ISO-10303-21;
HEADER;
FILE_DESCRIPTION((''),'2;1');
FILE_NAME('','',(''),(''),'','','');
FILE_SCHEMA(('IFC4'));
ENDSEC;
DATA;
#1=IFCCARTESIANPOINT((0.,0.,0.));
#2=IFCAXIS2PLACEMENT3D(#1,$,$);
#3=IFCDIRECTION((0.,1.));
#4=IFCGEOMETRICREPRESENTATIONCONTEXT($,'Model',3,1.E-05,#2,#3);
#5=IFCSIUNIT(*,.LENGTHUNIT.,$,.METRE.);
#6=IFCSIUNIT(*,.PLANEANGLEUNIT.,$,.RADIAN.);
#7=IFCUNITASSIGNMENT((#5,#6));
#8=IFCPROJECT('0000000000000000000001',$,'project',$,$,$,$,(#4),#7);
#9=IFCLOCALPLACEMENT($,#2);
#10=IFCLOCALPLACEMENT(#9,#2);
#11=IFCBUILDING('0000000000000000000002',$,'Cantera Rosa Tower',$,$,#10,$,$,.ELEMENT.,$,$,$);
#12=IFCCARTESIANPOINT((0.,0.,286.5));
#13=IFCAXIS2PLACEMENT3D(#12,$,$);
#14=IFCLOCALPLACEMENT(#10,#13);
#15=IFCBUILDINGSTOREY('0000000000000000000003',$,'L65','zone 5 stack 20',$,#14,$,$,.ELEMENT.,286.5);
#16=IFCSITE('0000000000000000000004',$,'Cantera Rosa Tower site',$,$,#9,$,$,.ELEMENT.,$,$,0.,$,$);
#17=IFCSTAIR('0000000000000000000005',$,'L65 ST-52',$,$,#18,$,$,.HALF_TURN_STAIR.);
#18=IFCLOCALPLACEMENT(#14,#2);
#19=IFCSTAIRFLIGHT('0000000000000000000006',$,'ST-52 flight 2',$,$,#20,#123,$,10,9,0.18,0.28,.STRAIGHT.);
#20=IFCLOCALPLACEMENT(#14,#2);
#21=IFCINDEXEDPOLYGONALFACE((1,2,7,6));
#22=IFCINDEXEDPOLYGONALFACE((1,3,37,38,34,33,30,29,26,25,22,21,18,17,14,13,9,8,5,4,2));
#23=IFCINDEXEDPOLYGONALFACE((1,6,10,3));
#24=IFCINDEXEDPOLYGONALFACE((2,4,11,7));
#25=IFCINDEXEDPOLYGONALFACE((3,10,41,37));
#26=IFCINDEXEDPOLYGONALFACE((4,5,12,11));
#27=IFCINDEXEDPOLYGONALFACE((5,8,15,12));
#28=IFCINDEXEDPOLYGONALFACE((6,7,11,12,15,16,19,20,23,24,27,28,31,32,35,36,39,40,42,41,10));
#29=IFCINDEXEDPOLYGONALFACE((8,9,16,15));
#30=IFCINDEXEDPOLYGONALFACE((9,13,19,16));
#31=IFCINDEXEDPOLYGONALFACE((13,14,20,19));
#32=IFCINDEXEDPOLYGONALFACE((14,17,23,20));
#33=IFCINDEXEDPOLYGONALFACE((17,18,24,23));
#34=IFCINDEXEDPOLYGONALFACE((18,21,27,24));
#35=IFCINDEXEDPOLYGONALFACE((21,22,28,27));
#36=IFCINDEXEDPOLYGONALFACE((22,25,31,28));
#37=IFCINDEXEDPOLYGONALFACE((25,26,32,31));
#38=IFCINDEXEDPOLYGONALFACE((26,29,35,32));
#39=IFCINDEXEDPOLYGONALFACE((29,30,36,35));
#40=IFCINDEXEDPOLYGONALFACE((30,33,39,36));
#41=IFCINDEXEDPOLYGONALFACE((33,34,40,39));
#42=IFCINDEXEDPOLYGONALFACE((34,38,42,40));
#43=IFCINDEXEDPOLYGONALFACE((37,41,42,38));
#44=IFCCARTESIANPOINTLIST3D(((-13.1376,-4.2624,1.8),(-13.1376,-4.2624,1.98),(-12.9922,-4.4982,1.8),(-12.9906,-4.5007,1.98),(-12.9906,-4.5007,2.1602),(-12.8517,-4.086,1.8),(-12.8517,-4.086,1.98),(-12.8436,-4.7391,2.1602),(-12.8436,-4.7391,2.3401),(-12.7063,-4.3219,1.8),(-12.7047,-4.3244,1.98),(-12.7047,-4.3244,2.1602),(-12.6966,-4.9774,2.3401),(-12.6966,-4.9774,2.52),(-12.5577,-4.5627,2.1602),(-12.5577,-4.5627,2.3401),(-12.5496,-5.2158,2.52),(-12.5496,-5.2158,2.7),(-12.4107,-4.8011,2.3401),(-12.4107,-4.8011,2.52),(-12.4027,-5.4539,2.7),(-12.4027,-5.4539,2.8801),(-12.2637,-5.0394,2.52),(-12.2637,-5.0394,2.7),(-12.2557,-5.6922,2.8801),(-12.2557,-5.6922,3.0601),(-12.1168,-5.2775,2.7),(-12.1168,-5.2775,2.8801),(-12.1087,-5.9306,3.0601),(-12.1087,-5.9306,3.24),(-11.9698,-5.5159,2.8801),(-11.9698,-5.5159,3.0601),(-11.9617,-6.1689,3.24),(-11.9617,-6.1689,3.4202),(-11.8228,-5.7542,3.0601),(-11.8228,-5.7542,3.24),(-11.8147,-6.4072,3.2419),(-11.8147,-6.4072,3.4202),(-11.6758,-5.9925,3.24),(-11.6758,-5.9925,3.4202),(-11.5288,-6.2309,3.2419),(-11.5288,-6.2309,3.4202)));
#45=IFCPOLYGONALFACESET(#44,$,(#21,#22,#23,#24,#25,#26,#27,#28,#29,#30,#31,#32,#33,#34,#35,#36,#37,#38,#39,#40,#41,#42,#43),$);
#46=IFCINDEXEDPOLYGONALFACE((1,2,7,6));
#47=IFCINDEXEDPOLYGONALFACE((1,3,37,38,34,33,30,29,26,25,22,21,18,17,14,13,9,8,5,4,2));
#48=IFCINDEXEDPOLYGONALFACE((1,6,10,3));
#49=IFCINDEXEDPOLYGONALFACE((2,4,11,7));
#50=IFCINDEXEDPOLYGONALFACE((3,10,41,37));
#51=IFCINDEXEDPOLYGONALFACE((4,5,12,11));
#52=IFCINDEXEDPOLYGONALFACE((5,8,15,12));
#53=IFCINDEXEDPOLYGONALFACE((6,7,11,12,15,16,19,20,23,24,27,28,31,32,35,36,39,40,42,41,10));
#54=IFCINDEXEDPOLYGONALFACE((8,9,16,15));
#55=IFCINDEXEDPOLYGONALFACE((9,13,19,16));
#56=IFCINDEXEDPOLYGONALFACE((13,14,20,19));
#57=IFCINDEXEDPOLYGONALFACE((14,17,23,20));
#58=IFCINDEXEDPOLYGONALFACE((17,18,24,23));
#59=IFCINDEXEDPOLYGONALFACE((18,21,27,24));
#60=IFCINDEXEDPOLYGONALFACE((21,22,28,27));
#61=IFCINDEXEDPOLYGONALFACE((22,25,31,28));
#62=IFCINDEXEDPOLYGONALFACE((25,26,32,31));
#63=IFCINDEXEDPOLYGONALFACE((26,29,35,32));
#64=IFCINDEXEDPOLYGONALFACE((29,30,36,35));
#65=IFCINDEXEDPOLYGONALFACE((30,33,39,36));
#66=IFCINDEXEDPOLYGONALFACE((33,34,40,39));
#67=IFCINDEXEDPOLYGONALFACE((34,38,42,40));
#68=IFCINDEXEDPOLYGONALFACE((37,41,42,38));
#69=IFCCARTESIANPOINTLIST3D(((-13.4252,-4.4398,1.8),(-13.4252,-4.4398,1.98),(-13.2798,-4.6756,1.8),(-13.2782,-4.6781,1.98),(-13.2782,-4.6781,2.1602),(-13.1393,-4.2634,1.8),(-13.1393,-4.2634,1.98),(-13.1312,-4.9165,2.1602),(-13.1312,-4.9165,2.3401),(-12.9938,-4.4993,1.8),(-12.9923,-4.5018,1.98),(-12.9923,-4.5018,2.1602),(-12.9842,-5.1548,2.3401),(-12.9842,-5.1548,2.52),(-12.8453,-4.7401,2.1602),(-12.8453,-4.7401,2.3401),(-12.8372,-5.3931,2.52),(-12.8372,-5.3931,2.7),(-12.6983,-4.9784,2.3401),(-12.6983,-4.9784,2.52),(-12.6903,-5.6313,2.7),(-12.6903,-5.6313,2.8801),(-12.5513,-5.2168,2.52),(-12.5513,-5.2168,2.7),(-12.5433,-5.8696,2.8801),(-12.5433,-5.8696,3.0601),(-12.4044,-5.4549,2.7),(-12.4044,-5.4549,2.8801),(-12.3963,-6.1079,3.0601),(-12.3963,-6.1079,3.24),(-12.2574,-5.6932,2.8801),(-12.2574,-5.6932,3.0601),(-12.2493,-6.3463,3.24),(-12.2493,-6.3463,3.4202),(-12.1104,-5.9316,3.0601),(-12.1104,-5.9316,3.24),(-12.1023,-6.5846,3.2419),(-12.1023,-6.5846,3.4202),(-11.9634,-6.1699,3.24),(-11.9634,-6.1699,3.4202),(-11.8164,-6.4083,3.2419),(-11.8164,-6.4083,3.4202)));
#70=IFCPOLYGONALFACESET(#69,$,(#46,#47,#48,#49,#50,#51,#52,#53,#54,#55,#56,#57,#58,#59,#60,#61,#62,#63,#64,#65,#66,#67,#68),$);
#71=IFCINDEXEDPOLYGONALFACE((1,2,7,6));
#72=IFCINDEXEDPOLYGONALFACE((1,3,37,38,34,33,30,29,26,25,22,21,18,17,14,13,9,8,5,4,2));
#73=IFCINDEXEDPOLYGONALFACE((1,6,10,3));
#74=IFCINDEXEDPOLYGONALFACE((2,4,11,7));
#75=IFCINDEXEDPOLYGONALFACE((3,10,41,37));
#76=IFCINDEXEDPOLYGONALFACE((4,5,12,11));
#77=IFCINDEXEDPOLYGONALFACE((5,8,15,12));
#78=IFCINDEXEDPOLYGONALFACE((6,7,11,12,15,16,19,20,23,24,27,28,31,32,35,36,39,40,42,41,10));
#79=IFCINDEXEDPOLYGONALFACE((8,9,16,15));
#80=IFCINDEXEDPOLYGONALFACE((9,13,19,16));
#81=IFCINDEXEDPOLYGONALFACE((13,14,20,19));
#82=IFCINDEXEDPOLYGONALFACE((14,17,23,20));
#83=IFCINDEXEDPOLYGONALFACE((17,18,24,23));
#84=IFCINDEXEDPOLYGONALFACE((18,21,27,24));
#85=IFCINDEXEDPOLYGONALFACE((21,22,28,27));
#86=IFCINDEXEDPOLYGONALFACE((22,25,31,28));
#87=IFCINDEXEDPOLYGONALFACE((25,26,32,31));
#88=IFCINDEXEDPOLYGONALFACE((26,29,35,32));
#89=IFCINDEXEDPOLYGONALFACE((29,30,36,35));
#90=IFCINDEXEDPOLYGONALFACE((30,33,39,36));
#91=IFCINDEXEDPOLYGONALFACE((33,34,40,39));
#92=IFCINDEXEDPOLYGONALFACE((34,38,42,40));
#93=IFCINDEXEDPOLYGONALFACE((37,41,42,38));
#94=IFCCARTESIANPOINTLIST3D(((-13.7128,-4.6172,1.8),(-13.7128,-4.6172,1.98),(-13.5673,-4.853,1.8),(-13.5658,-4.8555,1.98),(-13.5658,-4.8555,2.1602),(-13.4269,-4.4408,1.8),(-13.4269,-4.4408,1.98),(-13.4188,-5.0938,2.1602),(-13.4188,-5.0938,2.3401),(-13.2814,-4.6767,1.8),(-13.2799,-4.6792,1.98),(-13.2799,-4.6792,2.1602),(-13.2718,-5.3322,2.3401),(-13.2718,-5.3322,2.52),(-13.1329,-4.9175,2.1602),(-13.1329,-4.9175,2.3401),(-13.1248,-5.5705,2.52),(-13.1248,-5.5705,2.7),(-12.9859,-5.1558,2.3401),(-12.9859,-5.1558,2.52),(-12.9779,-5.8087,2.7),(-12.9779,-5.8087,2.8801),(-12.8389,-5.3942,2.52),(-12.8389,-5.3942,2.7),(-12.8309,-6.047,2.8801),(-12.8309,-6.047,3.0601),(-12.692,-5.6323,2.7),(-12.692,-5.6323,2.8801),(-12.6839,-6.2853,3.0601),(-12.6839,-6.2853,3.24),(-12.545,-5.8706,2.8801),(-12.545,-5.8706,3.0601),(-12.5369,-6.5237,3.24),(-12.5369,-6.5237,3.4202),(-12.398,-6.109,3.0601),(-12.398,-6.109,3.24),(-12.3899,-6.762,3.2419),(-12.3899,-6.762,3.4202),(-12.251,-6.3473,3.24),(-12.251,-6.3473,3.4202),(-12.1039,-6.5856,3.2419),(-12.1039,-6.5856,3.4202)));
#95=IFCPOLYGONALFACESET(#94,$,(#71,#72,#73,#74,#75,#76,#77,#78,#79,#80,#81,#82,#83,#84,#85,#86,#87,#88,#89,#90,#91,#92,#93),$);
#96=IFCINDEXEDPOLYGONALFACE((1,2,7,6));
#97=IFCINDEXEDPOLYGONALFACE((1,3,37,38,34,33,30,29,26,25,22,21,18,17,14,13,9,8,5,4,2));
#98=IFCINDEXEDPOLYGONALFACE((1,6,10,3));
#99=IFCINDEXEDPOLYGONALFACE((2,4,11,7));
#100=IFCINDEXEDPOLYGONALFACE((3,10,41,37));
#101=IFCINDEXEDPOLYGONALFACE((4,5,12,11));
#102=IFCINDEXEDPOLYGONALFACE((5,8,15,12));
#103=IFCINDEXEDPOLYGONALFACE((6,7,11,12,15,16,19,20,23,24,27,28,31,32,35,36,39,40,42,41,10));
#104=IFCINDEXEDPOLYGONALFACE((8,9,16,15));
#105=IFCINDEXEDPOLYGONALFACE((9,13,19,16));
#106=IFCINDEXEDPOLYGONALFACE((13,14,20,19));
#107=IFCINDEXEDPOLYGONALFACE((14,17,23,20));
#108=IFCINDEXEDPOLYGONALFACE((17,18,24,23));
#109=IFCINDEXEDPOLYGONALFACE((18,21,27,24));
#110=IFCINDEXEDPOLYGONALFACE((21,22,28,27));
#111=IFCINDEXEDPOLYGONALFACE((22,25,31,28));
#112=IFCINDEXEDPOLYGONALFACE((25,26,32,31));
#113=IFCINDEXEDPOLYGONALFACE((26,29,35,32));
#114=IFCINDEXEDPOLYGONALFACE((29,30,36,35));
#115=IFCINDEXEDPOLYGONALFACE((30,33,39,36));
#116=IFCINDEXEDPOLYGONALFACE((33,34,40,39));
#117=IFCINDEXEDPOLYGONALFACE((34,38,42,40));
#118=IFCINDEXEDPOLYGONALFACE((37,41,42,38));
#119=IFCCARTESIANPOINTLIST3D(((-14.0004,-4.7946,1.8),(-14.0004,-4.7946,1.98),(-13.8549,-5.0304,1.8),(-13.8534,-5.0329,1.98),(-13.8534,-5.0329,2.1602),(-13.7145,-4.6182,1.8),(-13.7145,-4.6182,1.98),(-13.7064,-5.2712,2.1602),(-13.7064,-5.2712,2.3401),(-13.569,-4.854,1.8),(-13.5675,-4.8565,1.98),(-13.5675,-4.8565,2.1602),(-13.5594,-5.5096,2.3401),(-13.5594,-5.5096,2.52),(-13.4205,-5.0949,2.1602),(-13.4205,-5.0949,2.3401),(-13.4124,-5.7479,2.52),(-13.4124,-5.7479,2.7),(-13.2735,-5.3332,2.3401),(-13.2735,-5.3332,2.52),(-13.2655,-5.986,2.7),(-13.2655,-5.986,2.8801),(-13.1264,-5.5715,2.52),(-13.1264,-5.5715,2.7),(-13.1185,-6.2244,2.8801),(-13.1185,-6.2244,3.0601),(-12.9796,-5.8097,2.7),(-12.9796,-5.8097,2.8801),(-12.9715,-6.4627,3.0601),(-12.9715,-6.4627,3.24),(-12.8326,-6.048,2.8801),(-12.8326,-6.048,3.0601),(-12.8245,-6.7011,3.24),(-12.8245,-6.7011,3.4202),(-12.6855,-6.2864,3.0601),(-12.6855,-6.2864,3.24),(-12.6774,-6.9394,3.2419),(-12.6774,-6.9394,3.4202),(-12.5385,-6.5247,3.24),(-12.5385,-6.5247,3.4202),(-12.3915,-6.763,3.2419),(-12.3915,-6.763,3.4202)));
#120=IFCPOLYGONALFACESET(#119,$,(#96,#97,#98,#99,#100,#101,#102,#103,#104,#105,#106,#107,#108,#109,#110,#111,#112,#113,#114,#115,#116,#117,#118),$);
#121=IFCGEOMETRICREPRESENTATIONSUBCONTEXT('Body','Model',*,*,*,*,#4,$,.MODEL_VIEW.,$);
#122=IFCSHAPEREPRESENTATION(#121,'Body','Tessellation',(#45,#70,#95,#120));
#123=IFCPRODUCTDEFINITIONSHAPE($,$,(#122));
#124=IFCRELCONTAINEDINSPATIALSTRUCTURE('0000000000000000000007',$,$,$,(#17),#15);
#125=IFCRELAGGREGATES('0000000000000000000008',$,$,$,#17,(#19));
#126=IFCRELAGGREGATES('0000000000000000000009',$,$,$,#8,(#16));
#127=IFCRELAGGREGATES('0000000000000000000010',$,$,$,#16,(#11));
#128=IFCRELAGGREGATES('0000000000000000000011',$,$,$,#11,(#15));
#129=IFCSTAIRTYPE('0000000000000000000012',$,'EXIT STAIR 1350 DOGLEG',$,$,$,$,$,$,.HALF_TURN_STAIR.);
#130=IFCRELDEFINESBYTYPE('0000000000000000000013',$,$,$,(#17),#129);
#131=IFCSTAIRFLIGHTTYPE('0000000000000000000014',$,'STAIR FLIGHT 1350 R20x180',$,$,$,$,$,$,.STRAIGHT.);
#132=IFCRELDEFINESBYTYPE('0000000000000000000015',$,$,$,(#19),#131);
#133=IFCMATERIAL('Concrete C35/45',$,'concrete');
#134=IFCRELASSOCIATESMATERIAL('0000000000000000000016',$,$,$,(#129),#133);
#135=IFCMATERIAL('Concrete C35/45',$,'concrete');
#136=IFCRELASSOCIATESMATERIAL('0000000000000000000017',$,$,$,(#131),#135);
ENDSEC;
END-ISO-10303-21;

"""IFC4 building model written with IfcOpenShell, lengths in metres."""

from ifc_helpers import new_model, si_unit, direction, frame, origin, place, context, subcontext, project, spatial, polyline, outline, extrude, material, type_object, element, aggregate, save


model = new_model("IFC4")

# Units and contexts
model_context = context("Model", 3, precision=1e-05, world=origin(), true_north=direction((0.0, 1.0)))
body_context = subcontext(model_context, "Body", "Model", "MODEL_VIEW")
ifc_project = project(units=[si_unit("LENGTHUNIT", "METRE"), si_unit("PLANEANGLEUNIT", "RADIAN")], contexts=[model_context])

# Site, building, storey
site_placement = place(None, origin())
site = spatial("IfcSite", under=ifc_project, at=site_placement, Name="Cantera Rosa Tower site", CompositionType="ELEMENT", RefElevation=0.0)
building_placement = place(site_placement, origin())
building = spatial("IfcBuilding", under=site, at=building_placement, Name="Cantera Rosa Tower", CompositionType="ELEMENT")
storey_placement = place(building_placement, frame((0.0, 0.0, 286.5)))
storey = spatial("IfcBuildingStorey", under=building, at=storey_placement, Name="L65", Description="zone 5 stack 20", CompositionType="ELEMENT", Elevation=286.5)

# Stair, stair flight
ifc_material_1 = material(Name="Concrete C35/45", Category="concrete")
stair_type = type_object("IfcStairType", Name="EXIT STAIR 1350 DOGLEG", PredefinedType="HALF_TURN_STAIR", material=ifc_material_1)
stair_placement = place(storey_placement, origin())
stair = element("IfcStair", 1, at=stair_placement, inside=storey, type_object=stair_type, Name="L65 ST-52", PredefinedType="HALF_TURN_STAIR")
ifc_material_2 = material(Name="Concrete C35/45", Category="concrete")
stair_flight_type = type_object("IfcStairFlightType", Name="STAIR FLIGHT 1350 R20x180", PredefinedType="STRAIGHT", material=ifc_material_2)
stair_flight_1_placement = place(storey_placement, frame((-13.4263, -4.4404, 1.8), z_axis=(0.0, 0.0, 1.0), x_axis=(0.524977, -0.851117, 0.0)))
stair_flight_1 = element("IfcStairFlight", 2, at=stair_flight_1_placement, type_object=stair_flight_type, Name="ST-52 flight 2", NumberOfRisers=10, NumberOfTreads=9, PredefinedType="STRAIGHT", RiserHeight=0.18, TreadLength=0.28, context=body_context, shape_type="SweptSolid", body=[
    extrude(outline(polyline([(0.0, 0.0), (0.0, 0.1799), (0.28, 0.1799), (0.28, 0.3601), (0.5601, 0.3601), (0.5601, 0.54), (0.8401, 0.54), (0.8401, 0.72), (1.1201, 0.72), (1.1201, 0.8999), (1.3999, 0.8999), (1.3999, 1.0801), (1.6799, 1.0801), (1.6799, 1.26), (1.96, 1.26), (1.96, 1.4399), (2.24, 1.4399), (2.24, 1.6201), (2.52, 1.6201), (2.52, 1.8), (2.52, 1.4419), (0.2771, 0.0), (0.0, 0.0)])), frame((0.0, 0.675, 0.0), z_axis=(0.0, -1.0, 0.0), x_axis=(1.0, 0.0, 0.0)), (0.0, 0.0, 1.0), 0.3359),
    extrude(outline(polyline([(0.0, 0.0), (0.0, 0.1799), (0.28, 0.1799), (0.28, 0.3601), (0.5601, 0.3601), (0.5601, 0.54), (0.8401, 0.54), (0.8401, 0.72), (1.1201, 0.72), (1.1201, 0.8999), (1.3999, 0.8999), (1.3999, 1.0801), (1.6799, 1.0801), (1.6799, 1.26), (1.96, 1.26), (1.96, 1.4399), (2.24, 1.4399), (2.24, 1.6201), (2.52, 1.6201), (2.52, 1.8), (2.52, 1.4419), (0.2771, 0.0), (0.0, 0.0)])), frame((0.0, 0.3372, 0.0), z_axis=(0.0, -1.0, 0.0), x_axis=(1.0, 0.0, 0.0)), (0.0, 0.0, 1.0), 0.3359),
    extrude(outline(polyline([(0.0, 0.0), (0.0, 0.1799), (0.28, 0.1799), (0.28, 0.3601), (0.5601, 0.3601), (0.5601, 0.54), (0.8401, 0.54), (0.8401, 0.72), (1.1201, 0.72), (1.1201, 0.8999), (1.3999, 0.8999), (1.3999, 1.0801), (1.6799, 1.0801), (1.6799, 1.26), (1.96, 1.26), (1.96, 1.4399), (2.24, 1.4399), (2.24, 1.6201), (2.52, 1.6201), (2.52, 1.8), (2.52, 1.4419), (0.2771, 0.0), (0.0, 0.0)])), frame((0.0, -0.0007, 0.0), z_axis=(0.0, -1.0, 0.0), x_axis=(1.0, 0.0, 0.0)), (0.0, 0.0, 1.0), 0.3359),
    extrude(outline(polyline([(0.0, 0.0), (0.0, 0.1799), (0.28, 0.1799), (0.28, 0.3601), (0.5601, 0.3601), (0.5601, 0.54), (0.8401, 0.54), (0.8401, 0.72), (1.1201, 0.72), (1.1201, 0.8999), (1.3999, 0.8999), (1.3999, 1.0801), (1.6799, 1.0801), (1.6799, 1.26), (1.96, 1.26), (1.96, 1.4399), (2.24, 1.4399), (2.24, 1.6201), (2.52, 1.6201), (2.52, 1.8), (2.52, 1.4419), (0.2771, 0.0), (0.0, 0.0)])), frame((0.0, -0.3386, 0.0), z_axis=(0.0, -1.0, 0.0), x_axis=(1.0, 0.0, 0.0)), (0.0, 0.0, 1.0), 0.3359),
])
aggregate(stair, [stair_flight_1])

save(model, "model.ifc")
